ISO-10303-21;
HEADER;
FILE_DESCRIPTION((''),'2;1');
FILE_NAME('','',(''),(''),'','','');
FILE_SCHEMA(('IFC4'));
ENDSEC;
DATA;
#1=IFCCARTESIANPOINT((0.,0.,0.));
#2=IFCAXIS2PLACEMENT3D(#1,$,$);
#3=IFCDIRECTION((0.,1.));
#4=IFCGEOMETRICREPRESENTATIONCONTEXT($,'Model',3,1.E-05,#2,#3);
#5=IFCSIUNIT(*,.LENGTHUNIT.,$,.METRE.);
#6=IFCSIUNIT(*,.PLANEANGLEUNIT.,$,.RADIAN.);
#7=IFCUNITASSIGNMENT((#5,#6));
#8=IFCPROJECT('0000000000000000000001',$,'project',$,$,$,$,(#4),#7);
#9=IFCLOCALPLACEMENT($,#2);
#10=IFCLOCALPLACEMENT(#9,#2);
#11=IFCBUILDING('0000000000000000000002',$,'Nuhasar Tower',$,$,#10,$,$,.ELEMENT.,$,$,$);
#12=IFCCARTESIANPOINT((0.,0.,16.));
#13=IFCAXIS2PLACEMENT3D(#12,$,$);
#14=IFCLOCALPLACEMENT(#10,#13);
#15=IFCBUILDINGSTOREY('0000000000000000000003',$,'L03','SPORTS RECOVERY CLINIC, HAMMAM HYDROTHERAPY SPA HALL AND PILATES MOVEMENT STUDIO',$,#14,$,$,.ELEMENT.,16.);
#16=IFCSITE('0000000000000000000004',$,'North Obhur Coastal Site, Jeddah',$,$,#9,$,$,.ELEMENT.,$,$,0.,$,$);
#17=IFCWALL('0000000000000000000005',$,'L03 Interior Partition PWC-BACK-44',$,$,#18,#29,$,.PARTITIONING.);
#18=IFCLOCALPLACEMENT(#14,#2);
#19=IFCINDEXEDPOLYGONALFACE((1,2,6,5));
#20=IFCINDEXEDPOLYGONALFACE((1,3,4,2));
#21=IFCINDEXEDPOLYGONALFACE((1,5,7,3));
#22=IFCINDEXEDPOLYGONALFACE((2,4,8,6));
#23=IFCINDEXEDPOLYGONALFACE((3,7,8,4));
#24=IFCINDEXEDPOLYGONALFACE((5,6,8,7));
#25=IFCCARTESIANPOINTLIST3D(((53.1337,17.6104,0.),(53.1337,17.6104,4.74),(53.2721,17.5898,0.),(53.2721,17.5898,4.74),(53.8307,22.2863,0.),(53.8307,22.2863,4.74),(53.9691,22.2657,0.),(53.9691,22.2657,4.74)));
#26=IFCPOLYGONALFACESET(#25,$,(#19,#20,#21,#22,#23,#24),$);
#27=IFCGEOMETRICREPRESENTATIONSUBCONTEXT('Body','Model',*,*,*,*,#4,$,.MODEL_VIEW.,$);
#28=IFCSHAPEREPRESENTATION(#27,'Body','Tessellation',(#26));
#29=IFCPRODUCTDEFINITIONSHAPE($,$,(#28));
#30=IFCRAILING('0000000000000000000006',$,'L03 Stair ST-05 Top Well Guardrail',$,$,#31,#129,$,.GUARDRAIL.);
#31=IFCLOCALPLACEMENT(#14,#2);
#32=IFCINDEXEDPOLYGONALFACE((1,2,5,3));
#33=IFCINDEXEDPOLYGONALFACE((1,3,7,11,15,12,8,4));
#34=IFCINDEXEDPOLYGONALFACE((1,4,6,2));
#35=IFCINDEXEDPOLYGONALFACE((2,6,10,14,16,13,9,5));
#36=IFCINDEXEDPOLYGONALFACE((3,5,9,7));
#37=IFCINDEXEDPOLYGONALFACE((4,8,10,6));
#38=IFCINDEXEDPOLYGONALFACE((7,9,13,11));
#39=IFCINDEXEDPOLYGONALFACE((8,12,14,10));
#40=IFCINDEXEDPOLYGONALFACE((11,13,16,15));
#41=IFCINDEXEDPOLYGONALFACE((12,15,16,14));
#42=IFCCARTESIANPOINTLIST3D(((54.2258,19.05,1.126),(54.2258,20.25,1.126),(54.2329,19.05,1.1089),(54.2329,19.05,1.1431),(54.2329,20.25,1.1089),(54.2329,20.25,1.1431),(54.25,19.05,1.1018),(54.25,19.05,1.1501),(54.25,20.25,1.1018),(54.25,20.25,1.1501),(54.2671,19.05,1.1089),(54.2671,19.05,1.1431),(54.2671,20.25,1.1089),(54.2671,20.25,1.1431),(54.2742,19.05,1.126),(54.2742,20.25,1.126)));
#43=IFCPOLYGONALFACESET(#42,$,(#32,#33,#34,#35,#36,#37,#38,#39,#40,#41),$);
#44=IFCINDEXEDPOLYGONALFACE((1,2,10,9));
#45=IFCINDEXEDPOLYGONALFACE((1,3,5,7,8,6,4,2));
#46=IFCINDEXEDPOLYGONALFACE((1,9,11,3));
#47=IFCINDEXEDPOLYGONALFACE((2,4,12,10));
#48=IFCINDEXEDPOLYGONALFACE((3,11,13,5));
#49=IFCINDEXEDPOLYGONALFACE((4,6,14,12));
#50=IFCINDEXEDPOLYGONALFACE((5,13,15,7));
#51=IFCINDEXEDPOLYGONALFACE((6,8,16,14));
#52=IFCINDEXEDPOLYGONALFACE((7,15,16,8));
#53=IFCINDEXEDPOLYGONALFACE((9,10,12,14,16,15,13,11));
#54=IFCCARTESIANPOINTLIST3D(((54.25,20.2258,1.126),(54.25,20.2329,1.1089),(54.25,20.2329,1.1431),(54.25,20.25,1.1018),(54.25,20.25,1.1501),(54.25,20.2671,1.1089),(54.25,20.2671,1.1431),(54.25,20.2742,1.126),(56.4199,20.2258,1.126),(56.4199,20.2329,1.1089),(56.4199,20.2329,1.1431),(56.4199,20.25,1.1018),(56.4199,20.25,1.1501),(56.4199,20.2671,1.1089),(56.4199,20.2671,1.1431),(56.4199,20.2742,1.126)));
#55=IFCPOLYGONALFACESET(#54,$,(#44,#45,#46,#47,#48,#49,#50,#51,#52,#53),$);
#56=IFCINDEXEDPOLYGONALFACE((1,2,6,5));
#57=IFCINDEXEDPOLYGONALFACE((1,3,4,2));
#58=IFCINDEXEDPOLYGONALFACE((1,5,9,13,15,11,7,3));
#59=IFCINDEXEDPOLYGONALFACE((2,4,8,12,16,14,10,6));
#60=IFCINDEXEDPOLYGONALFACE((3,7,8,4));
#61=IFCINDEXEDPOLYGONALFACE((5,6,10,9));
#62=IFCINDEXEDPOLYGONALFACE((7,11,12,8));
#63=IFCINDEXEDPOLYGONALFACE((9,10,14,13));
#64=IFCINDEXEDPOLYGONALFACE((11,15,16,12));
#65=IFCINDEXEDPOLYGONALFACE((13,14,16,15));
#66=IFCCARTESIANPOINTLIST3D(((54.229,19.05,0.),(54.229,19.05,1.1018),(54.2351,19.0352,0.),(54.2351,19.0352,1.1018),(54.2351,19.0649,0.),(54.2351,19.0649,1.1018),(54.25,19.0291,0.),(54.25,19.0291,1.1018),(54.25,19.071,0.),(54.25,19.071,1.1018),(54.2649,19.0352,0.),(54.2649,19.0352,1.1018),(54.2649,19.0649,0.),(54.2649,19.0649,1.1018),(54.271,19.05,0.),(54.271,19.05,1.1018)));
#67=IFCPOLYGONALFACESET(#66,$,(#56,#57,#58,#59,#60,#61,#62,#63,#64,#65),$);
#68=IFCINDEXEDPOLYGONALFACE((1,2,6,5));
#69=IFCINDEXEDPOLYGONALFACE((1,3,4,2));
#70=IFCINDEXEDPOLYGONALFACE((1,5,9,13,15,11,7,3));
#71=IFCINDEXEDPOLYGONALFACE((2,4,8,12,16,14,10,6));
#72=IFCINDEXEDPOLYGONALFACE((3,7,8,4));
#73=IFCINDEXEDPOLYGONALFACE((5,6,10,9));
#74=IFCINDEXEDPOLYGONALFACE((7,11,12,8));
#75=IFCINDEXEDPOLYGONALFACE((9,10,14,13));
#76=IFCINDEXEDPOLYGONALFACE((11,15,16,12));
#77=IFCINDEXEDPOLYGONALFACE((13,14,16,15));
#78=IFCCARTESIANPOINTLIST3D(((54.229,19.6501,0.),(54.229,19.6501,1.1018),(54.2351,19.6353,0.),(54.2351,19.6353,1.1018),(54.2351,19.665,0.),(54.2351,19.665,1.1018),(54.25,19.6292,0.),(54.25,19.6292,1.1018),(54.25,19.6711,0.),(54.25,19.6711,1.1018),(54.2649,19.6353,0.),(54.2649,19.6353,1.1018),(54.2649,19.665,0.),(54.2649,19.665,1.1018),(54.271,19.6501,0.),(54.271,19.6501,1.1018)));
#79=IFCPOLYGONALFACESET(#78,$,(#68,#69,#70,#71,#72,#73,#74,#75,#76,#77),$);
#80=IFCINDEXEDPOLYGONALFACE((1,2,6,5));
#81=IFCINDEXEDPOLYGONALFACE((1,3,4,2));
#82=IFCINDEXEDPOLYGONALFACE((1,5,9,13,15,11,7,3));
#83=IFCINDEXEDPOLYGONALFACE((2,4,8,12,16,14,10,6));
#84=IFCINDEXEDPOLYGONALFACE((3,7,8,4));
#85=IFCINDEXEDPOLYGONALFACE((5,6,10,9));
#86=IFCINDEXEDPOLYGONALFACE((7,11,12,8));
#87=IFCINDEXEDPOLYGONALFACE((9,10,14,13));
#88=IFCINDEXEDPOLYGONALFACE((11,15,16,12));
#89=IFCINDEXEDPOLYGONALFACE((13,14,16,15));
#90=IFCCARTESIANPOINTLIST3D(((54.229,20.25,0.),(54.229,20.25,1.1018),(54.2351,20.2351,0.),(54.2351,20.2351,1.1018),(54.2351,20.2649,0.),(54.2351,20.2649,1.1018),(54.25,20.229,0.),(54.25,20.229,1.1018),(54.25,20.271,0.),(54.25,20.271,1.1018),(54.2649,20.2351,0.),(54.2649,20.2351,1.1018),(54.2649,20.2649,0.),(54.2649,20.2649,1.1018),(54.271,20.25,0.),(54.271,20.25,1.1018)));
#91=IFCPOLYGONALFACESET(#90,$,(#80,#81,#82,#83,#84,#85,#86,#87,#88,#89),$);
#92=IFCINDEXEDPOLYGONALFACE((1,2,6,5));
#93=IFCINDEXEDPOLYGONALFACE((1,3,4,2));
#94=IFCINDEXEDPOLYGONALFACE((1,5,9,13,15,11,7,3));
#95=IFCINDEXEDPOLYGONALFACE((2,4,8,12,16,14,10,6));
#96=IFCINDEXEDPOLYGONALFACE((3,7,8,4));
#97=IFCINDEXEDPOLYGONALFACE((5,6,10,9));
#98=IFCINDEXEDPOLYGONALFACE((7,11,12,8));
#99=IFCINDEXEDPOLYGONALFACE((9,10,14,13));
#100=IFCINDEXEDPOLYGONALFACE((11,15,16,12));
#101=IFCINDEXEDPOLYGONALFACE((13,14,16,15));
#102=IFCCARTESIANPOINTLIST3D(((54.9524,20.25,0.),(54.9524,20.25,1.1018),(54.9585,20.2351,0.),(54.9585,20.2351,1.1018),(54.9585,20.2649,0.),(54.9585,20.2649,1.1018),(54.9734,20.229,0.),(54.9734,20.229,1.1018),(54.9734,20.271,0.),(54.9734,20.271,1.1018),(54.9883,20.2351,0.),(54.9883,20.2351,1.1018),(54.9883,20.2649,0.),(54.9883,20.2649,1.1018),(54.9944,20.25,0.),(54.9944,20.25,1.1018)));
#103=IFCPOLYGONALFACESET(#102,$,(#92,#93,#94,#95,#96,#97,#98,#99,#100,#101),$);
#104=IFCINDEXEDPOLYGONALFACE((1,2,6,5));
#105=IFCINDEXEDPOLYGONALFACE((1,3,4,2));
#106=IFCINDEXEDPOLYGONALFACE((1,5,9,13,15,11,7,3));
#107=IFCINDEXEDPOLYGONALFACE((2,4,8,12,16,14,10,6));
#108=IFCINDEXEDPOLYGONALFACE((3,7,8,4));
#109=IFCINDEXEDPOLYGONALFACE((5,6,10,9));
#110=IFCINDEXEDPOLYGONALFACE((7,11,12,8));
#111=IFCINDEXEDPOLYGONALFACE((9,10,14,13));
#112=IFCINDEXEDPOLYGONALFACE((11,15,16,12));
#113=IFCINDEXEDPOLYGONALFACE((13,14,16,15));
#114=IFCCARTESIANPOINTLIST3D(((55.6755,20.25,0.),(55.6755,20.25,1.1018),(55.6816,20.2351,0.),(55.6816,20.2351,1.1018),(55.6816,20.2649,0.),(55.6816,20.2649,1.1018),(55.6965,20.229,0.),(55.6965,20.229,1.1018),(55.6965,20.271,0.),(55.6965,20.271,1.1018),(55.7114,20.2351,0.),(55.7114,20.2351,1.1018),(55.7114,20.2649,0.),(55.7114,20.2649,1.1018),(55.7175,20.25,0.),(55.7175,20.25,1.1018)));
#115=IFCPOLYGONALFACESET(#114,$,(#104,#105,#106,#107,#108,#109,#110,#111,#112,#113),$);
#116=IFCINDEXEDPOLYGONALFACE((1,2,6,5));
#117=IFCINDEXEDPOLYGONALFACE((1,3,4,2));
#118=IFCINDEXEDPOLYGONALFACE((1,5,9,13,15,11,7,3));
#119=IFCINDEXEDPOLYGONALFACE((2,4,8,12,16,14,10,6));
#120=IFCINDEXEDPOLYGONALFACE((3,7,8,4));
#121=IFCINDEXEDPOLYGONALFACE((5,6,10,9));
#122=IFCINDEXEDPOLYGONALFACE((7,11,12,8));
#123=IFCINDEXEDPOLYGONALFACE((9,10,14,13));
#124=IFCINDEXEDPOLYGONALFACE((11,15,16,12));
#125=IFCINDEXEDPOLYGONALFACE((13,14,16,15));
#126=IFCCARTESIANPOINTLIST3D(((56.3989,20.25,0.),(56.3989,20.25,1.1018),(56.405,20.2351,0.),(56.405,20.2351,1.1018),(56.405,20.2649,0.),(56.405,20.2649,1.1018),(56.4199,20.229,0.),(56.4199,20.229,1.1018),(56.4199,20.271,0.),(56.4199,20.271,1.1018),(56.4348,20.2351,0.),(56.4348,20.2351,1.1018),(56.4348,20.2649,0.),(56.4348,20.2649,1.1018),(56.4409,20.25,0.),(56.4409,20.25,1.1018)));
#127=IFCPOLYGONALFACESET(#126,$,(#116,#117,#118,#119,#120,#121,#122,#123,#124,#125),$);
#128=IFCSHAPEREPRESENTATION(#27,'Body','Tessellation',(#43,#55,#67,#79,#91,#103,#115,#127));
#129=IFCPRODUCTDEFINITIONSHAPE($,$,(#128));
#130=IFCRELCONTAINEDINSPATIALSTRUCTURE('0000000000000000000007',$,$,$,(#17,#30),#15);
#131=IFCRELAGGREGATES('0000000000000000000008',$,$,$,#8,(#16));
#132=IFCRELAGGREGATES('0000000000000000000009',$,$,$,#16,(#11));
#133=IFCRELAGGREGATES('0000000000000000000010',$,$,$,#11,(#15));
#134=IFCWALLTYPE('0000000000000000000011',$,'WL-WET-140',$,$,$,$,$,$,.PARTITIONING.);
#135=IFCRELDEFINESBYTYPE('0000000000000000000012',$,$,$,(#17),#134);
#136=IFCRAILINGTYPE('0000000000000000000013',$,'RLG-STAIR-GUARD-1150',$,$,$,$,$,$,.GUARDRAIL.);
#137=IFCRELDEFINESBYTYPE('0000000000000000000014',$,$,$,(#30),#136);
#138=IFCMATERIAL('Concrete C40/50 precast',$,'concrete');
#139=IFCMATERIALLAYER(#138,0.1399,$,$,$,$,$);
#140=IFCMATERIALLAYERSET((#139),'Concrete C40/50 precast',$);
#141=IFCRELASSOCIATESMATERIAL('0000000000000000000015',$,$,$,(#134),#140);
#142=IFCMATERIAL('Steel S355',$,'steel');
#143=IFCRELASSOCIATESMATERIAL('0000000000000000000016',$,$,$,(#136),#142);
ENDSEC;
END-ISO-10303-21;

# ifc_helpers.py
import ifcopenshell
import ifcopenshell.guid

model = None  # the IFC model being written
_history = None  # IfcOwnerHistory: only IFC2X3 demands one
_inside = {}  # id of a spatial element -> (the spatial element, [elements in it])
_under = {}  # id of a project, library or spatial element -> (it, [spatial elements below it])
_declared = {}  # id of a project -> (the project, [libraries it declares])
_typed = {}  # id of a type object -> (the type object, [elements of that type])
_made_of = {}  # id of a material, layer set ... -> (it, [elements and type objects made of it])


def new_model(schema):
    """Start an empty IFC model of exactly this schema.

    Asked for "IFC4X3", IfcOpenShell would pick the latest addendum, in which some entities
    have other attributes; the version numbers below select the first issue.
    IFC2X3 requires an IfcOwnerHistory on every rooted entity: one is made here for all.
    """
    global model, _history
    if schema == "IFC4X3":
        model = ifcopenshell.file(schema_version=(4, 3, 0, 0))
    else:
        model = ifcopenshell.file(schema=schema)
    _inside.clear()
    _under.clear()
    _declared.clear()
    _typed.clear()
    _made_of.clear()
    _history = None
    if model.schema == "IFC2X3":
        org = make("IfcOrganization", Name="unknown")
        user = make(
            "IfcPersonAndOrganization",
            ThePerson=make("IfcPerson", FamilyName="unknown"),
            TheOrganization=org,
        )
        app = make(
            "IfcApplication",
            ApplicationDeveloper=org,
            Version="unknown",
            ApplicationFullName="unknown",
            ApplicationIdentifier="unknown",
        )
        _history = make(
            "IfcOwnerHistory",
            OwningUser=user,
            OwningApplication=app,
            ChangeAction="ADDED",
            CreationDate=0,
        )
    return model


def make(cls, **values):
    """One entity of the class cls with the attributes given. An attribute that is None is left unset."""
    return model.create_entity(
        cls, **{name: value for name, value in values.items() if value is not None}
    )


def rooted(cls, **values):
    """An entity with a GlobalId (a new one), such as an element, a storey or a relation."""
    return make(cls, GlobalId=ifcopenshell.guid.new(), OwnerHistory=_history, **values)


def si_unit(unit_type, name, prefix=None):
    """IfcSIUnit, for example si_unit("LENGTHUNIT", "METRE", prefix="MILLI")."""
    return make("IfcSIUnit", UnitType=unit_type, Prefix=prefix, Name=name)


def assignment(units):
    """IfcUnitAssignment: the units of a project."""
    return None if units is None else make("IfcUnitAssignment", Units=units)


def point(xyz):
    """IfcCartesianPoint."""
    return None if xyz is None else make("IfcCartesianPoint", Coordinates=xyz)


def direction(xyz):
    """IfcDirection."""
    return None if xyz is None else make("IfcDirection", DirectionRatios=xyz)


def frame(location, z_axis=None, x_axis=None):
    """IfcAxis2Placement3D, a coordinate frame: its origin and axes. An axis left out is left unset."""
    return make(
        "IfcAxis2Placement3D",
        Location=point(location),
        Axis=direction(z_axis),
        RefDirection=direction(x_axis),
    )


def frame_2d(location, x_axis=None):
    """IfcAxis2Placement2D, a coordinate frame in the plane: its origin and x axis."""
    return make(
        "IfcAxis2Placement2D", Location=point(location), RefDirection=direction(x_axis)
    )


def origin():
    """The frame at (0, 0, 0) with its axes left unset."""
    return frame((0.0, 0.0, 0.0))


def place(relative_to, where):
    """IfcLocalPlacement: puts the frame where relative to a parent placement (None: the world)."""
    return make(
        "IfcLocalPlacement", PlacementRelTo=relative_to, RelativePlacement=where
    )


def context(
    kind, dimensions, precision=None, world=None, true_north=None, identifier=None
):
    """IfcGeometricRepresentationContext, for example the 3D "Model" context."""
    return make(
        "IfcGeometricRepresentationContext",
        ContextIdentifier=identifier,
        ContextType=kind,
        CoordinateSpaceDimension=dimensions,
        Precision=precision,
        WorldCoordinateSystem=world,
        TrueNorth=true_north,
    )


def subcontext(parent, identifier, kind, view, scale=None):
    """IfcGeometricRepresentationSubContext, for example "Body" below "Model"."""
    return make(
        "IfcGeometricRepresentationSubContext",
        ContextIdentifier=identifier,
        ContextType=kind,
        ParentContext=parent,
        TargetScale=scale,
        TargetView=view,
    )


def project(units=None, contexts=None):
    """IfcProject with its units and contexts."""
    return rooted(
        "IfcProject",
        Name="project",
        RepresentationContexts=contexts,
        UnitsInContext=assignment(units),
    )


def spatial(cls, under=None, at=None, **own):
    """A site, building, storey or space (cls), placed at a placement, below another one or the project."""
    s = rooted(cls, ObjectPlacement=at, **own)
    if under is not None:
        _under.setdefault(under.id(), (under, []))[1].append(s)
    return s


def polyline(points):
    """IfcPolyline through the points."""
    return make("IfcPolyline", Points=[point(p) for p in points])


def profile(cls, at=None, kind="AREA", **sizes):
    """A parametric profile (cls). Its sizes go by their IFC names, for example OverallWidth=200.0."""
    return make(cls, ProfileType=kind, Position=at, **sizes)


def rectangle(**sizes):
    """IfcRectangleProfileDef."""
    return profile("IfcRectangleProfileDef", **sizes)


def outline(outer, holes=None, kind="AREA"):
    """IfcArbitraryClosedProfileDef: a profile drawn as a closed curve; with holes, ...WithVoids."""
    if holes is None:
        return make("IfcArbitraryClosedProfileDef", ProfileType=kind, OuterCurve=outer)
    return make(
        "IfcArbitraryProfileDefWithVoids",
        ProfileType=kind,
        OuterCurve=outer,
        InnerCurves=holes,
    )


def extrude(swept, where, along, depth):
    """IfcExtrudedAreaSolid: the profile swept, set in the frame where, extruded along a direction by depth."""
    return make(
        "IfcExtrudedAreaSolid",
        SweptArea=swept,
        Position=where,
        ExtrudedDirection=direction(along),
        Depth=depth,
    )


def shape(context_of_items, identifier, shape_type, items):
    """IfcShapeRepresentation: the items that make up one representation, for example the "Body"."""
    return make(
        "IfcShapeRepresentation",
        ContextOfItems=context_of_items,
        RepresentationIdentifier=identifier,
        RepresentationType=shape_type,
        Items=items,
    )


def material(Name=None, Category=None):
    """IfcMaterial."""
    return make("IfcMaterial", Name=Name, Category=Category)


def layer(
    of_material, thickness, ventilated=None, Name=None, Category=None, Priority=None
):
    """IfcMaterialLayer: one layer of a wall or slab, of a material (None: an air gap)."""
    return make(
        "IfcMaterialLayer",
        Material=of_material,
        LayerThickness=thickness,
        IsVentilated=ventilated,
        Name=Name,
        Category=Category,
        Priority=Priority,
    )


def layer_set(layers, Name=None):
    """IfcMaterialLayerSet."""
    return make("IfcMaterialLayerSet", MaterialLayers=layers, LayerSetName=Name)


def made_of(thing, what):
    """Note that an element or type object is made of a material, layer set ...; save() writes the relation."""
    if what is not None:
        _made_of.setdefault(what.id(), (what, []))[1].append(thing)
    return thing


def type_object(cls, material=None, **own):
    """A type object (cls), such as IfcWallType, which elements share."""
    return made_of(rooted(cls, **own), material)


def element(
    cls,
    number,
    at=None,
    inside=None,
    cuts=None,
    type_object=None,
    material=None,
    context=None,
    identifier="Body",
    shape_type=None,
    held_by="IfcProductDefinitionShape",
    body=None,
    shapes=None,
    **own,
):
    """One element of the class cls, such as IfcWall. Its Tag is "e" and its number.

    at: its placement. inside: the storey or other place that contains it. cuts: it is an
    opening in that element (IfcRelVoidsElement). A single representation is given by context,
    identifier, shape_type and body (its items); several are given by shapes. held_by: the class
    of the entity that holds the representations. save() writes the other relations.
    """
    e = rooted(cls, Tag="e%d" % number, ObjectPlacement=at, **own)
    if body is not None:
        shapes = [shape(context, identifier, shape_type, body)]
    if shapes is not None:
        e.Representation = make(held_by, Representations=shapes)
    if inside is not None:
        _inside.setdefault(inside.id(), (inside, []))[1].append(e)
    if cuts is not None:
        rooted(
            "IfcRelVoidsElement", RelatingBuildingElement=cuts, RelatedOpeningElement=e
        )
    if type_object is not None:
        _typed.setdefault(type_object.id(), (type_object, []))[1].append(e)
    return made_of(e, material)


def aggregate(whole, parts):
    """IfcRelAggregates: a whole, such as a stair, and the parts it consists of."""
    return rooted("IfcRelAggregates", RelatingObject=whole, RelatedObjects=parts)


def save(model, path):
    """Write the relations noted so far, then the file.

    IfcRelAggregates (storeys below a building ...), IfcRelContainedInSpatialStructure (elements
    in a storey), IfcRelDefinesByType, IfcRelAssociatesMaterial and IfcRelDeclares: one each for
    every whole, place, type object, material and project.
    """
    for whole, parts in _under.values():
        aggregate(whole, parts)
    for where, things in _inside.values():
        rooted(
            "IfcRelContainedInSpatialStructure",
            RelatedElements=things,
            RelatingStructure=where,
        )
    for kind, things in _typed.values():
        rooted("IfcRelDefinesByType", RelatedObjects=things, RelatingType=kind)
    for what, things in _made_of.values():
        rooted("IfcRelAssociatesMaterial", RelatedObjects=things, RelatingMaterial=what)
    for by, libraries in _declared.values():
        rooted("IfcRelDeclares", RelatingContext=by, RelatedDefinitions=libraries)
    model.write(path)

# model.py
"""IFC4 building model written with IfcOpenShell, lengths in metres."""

from ifc_helpers import new_model, si_unit, direction, frame, frame_2d, origin, place, context, subcontext, project, spatial, polyline, rectangle, outline, extrude, material, layer, layer_set, type_object, element, save


model = new_model("IFC4")

# Units and contexts
model_context = context("Model", 3, precision=1e-05, world=origin(), true_north=direction((0.0, 1.0)))
body_context = subcontext(model_context, "Body", "Model", "MODEL_VIEW")
ifc_project = project(units=[si_unit("LENGTHUNIT", "METRE"), si_unit("PLANEANGLEUNIT", "RADIAN")], contexts=[model_context])

# Site, building, storey
site_placement = place(None, origin())
site = spatial("IfcSite", under=ifc_project, at=site_placement, Name="North Obhur Coastal Site, Jeddah", CompositionType="ELEMENT", RefElevation=0.0)
building_placement = place(site_placement, origin())
building = spatial("IfcBuilding", under=site, at=building_placement, Name="Nuhasar Tower", CompositionType="ELEMENT")
storey_placement = place(building_placement, frame((0.0, 0.0, 16.0)))
storey = spatial("IfcBuildingStorey", under=building, at=storey_placement, Name="L03", Description="SPORTS RECOVERY CLINIC, HAMMAM HYDROTHERAPY SPA HALL AND PILATES MOVEMENT STUDIO", CompositionType="ELEMENT", Elevation=16.0)

# Shared definitions
ifc_material_1 = material(Name="Steel S355", Category="steel")

# Wall
ifc_material_2 = material(Name="Concrete C40/50 precast", Category="concrete")
ifc_layer_1 = layer(ifc_material_2, 0.1399)
ifc_layer_set_1 = layer_set([ifc_layer_1], Name="Concrete C40/50 precast")
wall_type_1 = type_object("IfcWallType", Name="WL-WET-140", PredefinedType="PARTITIONING", material=ifc_layer_set_1)
wall_1_placement = place(storey_placement, frame((53.2029, 17.6001, 0.0), z_axis=(0.0, 0.0, 1.0), x_axis=(0.147441, 0.989071, 0.0)))
element("IfcWall", 1, at=wall_1_placement, inside=storey, type_object=wall_type_1, Name="L03 Interior Partition PWC-BACK-44", PredefinedType="PARTITIONING", context=body_context, shape_type="SweptSolid", body=[
    extrude(rectangle(XDim=4.7275, YDim=0.1399, at=frame_2d((2.3638, 0.0))), origin(), (0.0, 0.0, 1.0), 4.74),
])

# Railing
railing_type = type_object("IfcRailingType", Name="RLG-STAIR-GUARD-1150", PredefinedType="GUARDRAIL", material=ifc_material_1)
railing_placement = place(storey_placement, frame((54.25, 19.05, 0.0)))
element("IfcRailing", 2, at=railing_placement, inside=storey, type_object=railing_type, Name="L03 Stair ST-05 Top Well Guardrail", PredefinedType="GUARDRAIL", context=body_context, shape_type="SweptSolid", body=[
    extrude(outline(polyline([(0.0242, 0.0), (0.0171, 0.0171), (0.0, 0.0242), (-0.0171, 0.0171), (-0.0242, 0.0), (-0.0171, -0.0171), (0.0, -0.0242), (0.0171, -0.0171), (0.0242, 0.0)])), frame((0.0, 0.0, 1.126), z_axis=(0.0, 1.0, 0.0), x_axis=(-1.0, 0.0, 0.0)), (0.0, 0.0, 1.0), 1.2),
    extrude(outline(polyline([(0.0242, 0.0), (0.0171, 0.0171), (0.0, 0.0242), (-0.0171, 0.0171), (-0.0242, 0.0), (-0.0171, -0.0171), (0.0, -0.0242), (0.0171, -0.0171), (0.0242, 0.0)])), frame((0.0, 1.2, 1.126), z_axis=(1.0, 0.0, 0.0), x_axis=(0.0, 1.0, 0.0)), (0.0, 0.0, 1.0), 2.1699),
    extrude(outline(polyline([(0.021, 0.0), (0.0149, 0.0149), (0.0, 0.021), (-0.0149, 0.0149), (-0.021, 0.0), (-0.0149, -0.0149), (0.0, -0.021), (0.0149, -0.0149), (0.021, 0.0)])), origin(), (0.0, 0.0, 1.0), 1.1018),
    extrude(outline(polyline([(0.021, 0.0), (0.0149, 0.0149), (0.0, 0.021), (-0.0149, 0.0149), (-0.021, 0.0), (-0.0149, -0.0149), (0.0, -0.021), (0.0149, -0.0149), (0.021, 0.0)])), frame((0.0, 0.6001, 0.0)), (0.0, 0.0, 1.0), 1.1018),
    extrude(outline(polyline([(0.021, 0.0), (0.0149, 0.0149), (0.0, 0.021), (-0.0149, 0.0149), (-0.021, 0.0), (-0.0149, -0.0149), (0.0, -0.021), (0.0149, -0.0149), (0.021, 0.0)])), frame((0.0, 1.2, 0.0)), (0.0, 0.0, 1.0), 1.1018),
    extrude(outline(polyline([(0.021, 0.0), (0.0149, 0.0149), (0.0, 0.021), (-0.0149, 0.0149), (-0.021, 0.0), (-0.0149, -0.0149), (0.0, -0.021), (0.0149, -0.0149), (0.021, 0.0)])), frame((0.7234, 1.2, 0.0)), (0.0, 0.0, 1.0), 1.1018),
    extrude(outline(polyline([(0.021, 0.0), (0.0149, 0.0149), (0.0, 0.021), (-0.0149, 0.0149), (-0.021, 0.0), (-0.0149, -0.0149), (0.0, -0.021), (0.0149, -0.0149), (0.021, 0.0)])), frame((1.4465, 1.2, 0.0)), (0.0, 0.0, 1.0), 1.1018),
    extrude(outline(polyline([(0.021, 0.0), (0.0149, 0.0149), (0.0, 0.021), (-0.0149, 0.0149), (-0.021, 0.0), (-0.0149, -0.0149), (0.0, -0.021), (0.0149, -0.0149), (0.021, 0.0)])), frame((2.1699, 1.2, 0.0)), (0.0, 0.0, 1.0), 1.1018),
])

save(model, "model.ifc")
